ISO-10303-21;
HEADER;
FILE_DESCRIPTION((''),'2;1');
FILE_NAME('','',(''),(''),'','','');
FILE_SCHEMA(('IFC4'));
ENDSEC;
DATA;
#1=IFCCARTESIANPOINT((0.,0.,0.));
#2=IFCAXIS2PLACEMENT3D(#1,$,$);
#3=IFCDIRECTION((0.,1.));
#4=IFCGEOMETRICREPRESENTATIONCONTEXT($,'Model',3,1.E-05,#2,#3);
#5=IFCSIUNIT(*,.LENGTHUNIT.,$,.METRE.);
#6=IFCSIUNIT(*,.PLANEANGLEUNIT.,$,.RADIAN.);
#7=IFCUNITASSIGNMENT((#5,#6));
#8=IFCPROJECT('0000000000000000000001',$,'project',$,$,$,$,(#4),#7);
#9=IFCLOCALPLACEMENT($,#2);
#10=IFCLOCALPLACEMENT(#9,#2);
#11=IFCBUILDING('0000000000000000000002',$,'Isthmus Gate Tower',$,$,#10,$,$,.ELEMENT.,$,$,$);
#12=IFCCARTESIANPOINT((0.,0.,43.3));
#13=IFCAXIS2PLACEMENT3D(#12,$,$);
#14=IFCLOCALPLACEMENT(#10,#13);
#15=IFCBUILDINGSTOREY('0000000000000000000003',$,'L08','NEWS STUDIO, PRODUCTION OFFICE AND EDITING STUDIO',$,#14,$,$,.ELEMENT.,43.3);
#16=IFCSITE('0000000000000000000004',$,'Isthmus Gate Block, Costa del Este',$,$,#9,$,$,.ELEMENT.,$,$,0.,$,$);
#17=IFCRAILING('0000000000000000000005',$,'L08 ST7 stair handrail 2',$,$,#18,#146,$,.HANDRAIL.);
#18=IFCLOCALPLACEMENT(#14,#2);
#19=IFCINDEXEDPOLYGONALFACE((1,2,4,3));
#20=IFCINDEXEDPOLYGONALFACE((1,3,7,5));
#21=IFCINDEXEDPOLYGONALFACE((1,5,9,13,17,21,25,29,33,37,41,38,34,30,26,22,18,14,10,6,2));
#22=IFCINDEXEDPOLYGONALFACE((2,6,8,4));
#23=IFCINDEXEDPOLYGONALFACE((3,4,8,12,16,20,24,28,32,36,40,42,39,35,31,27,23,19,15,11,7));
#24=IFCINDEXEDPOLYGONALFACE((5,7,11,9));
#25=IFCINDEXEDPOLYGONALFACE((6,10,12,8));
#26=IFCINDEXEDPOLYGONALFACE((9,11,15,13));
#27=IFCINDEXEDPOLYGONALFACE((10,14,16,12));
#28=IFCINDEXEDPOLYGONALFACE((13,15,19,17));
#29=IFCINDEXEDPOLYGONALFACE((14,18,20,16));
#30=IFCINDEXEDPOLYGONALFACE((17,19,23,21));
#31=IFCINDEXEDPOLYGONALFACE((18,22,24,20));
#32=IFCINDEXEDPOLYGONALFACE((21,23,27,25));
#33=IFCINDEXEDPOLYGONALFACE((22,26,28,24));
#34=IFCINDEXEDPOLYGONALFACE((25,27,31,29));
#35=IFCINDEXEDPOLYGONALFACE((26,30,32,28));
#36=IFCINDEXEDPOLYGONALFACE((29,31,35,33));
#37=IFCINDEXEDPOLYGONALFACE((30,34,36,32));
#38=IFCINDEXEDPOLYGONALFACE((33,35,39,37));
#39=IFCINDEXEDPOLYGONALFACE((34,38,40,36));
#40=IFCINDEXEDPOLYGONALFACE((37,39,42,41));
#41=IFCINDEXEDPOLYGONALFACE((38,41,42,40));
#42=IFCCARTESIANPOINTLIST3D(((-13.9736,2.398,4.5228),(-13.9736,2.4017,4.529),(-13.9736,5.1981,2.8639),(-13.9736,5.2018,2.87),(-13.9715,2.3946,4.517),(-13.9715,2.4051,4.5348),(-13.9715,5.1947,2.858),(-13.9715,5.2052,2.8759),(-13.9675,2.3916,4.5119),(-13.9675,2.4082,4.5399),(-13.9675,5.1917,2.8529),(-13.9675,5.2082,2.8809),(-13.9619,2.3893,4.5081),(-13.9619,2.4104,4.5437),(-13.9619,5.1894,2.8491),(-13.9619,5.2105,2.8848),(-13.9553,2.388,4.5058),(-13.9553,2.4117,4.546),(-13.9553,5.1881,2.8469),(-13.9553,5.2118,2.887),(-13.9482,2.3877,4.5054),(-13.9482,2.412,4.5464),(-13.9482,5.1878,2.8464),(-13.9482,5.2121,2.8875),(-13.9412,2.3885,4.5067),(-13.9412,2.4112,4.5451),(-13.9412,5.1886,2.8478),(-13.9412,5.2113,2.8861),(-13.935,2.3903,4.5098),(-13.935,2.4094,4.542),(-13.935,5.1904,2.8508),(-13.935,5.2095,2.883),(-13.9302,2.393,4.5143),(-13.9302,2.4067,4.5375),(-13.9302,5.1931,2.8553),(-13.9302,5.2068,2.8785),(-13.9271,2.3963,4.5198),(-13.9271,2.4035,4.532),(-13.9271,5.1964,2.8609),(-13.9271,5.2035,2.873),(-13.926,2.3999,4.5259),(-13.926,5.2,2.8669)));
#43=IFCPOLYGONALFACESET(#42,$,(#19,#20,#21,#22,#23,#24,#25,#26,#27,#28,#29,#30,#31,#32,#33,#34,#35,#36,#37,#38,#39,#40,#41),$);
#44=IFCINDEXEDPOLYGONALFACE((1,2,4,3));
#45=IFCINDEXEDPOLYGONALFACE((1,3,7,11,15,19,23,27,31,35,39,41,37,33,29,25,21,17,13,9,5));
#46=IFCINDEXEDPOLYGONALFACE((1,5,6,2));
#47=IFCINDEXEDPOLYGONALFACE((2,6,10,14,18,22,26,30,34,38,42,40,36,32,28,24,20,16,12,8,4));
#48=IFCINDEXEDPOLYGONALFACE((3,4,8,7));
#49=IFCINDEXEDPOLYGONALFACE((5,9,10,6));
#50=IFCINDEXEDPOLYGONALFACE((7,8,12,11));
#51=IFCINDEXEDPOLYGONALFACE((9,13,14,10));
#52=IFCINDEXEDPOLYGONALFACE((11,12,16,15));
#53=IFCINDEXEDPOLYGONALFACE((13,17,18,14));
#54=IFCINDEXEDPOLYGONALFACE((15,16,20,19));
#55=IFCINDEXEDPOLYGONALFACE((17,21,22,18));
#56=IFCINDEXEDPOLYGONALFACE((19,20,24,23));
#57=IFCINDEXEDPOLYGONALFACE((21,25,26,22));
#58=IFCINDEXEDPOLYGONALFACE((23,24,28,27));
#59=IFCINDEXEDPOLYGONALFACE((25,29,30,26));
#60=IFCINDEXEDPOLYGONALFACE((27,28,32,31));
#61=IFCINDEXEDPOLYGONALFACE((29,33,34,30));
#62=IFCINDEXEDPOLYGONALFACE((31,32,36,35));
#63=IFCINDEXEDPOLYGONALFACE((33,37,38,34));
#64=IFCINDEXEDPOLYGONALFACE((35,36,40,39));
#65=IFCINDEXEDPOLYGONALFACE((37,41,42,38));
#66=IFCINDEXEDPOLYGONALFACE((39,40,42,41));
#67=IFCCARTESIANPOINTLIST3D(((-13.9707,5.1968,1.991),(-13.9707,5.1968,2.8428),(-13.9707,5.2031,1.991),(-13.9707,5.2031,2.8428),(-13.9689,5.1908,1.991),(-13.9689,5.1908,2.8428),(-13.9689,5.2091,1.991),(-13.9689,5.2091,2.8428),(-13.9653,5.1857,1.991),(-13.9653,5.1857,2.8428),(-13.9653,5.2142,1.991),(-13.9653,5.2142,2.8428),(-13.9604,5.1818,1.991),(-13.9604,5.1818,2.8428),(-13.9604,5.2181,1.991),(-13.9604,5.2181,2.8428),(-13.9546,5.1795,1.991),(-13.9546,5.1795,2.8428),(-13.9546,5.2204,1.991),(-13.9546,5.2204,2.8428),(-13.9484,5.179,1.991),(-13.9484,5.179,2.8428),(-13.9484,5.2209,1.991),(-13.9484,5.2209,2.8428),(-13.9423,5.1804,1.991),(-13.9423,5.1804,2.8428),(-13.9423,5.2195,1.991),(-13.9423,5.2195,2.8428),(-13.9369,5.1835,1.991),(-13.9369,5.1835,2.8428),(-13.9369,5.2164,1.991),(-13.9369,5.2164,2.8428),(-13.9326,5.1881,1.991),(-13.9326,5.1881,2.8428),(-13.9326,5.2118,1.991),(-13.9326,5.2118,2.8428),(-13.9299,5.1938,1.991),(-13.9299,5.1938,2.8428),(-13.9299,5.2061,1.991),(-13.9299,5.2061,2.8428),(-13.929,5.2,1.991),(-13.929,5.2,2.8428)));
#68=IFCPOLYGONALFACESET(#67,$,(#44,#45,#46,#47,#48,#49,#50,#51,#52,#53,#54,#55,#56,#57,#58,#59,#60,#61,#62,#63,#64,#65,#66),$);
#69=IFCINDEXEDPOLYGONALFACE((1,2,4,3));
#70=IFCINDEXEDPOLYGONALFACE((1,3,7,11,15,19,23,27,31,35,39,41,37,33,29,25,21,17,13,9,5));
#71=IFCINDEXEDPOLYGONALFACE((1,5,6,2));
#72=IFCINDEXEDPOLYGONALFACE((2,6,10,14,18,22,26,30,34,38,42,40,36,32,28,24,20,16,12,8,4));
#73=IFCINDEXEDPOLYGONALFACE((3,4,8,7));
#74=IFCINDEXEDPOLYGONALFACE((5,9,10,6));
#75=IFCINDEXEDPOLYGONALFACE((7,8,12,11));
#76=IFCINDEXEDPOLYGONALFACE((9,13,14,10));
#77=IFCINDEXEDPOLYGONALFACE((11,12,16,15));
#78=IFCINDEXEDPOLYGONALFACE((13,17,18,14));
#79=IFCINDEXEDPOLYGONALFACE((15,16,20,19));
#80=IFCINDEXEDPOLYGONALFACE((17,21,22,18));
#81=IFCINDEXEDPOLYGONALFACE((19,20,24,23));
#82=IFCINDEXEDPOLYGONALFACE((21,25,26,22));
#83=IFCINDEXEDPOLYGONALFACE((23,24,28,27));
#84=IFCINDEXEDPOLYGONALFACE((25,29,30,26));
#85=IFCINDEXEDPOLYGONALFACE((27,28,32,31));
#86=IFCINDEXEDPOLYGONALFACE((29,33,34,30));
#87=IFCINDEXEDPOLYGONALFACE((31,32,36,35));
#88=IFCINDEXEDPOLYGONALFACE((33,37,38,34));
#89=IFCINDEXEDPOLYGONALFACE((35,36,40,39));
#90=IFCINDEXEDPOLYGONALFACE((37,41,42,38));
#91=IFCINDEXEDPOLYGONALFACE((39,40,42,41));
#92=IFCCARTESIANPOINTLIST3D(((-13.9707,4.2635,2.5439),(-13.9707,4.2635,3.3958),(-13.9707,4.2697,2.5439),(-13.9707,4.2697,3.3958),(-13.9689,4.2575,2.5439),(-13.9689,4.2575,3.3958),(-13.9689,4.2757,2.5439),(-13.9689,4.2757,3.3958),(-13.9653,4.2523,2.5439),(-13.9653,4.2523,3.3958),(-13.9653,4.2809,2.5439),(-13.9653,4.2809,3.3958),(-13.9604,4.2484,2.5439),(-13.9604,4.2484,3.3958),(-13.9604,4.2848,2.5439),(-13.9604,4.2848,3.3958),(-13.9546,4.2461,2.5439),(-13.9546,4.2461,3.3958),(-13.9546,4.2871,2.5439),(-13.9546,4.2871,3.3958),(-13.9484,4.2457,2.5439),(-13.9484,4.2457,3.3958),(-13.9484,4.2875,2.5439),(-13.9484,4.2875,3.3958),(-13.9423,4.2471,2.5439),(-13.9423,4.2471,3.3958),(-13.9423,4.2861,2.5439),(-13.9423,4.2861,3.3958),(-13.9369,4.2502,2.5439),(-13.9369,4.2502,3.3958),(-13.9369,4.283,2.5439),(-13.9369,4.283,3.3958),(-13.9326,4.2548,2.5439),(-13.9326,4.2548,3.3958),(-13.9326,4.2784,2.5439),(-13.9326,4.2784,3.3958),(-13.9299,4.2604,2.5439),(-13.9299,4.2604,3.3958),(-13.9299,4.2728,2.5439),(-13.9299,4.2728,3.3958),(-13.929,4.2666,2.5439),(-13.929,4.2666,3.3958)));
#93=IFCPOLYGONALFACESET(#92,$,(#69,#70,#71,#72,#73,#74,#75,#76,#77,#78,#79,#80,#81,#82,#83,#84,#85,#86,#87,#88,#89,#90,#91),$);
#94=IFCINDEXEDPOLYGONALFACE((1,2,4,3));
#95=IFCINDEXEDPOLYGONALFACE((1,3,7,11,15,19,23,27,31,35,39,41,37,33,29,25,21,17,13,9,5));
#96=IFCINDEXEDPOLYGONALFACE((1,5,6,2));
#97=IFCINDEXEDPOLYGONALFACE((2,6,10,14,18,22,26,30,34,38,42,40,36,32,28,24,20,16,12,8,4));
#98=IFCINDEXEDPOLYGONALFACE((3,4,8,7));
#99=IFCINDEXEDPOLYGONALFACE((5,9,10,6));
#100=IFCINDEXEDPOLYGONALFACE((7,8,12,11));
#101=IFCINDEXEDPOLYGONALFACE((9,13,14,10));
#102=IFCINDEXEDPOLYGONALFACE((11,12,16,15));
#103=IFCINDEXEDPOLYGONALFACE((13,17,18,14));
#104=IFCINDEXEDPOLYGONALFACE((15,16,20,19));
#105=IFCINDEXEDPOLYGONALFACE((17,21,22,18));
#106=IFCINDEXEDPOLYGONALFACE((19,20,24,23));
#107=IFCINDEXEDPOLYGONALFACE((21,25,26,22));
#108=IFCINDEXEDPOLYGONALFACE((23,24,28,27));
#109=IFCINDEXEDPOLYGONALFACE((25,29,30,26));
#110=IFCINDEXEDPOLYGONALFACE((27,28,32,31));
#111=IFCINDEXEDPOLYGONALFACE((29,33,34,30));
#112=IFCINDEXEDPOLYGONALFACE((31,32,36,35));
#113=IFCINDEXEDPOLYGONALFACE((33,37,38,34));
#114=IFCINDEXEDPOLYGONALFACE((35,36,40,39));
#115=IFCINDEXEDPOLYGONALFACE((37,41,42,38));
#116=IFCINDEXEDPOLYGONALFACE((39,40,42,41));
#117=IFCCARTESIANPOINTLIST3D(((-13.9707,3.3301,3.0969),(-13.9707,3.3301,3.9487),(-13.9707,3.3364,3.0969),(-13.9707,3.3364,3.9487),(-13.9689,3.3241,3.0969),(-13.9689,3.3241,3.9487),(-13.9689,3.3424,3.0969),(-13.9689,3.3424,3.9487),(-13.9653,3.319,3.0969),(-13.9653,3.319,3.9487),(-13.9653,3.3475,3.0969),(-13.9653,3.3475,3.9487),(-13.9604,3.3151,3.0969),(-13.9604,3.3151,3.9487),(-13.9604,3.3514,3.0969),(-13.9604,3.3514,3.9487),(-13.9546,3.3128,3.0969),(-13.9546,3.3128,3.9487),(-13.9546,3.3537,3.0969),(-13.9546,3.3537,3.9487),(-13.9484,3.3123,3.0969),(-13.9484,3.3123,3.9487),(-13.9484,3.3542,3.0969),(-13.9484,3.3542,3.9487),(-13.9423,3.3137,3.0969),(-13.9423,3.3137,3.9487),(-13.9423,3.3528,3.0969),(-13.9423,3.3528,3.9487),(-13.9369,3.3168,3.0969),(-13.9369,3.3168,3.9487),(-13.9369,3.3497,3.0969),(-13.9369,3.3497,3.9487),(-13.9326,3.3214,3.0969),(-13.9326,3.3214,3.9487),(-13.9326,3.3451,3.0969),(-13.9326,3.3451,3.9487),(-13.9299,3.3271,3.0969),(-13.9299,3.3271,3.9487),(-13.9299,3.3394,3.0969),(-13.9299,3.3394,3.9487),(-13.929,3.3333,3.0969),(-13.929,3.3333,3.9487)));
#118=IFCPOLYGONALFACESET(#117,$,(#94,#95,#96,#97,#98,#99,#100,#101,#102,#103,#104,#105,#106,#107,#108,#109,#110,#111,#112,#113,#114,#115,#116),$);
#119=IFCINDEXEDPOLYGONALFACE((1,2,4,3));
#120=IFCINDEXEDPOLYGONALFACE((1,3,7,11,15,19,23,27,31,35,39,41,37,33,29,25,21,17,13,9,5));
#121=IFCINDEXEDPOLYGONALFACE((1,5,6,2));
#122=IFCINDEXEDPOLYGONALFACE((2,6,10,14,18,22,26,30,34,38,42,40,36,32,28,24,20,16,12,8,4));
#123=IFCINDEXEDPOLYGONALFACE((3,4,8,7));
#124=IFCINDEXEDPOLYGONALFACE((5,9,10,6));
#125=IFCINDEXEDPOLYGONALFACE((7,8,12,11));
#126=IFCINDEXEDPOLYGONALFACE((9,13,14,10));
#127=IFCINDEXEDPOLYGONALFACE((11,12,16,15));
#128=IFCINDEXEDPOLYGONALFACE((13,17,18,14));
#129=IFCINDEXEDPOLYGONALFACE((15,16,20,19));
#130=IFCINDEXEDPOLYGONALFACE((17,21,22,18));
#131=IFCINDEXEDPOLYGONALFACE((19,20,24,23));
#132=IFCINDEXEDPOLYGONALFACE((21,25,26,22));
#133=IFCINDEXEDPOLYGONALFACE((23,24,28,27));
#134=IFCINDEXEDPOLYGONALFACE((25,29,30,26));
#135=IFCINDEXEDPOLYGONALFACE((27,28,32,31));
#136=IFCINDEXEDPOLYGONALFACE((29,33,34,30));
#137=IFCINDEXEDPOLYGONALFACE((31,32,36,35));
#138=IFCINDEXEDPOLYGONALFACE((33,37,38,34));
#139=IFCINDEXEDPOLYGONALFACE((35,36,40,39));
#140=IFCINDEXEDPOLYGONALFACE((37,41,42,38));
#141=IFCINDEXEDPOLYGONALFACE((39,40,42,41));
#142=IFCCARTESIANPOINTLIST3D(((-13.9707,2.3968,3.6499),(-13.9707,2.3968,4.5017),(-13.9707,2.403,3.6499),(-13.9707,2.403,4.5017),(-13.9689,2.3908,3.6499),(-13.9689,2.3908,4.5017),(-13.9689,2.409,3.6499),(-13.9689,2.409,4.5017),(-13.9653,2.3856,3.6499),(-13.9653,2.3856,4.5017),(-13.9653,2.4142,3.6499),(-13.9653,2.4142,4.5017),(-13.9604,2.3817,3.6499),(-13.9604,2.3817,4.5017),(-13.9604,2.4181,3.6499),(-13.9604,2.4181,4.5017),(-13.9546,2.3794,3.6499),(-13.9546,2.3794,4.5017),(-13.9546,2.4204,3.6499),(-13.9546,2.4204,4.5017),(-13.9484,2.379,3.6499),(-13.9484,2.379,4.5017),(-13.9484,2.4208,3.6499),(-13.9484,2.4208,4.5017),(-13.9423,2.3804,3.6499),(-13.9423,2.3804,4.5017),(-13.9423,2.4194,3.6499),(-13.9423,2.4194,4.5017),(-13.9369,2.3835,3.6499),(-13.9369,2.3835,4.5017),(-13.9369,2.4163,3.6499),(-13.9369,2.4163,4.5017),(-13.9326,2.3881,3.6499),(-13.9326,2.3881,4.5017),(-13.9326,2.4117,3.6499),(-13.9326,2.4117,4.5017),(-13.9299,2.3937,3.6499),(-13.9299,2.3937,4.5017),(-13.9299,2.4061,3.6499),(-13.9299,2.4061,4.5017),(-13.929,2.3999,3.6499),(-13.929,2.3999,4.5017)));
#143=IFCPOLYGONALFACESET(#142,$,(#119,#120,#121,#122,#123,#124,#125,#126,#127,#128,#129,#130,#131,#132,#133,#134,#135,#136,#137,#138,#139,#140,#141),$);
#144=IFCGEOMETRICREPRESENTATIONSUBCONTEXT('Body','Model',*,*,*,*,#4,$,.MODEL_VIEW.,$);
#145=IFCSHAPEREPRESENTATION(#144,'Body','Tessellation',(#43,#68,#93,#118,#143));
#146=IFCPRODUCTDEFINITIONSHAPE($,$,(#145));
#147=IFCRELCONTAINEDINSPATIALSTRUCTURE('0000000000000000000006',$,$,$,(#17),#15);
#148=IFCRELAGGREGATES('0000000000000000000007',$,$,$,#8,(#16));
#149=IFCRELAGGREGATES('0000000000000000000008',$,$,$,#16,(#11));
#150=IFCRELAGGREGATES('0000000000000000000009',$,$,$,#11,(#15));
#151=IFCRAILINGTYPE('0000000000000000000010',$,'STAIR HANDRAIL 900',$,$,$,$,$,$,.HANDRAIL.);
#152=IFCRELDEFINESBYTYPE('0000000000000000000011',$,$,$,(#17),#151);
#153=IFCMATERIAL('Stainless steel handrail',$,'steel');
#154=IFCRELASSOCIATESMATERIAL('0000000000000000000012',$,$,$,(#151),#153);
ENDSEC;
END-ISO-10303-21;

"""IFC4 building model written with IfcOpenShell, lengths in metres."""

from ifc_helpers import new_model, si_unit, direction, frame, origin, origin_2d, place, context, subcontext, project, spatial, circle, extrude, material, type_object, element, save


model = new_model("IFC4")

# Units and contexts
model_context = context("Model", 3, precision=1e-05, world=origin(), true_north=direction((0.0, 1.0)))
body_context = subcontext(model_context, "Body", "Model", "MODEL_VIEW")
ifc_project = project(units=[si_unit("LENGTHUNIT", "METRE"), si_unit("PLANEANGLEUNIT", "RADIAN")], contexts=[model_context])

# Site, building, storey
site_placement = place(None, origin())
site = spatial("IfcSite", under=ifc_project, at=site_placement, Name="Isthmus Gate Block, Costa del Este", CompositionType="ELEMENT", RefElevation=0.0)
building_placement = place(site_placement, origin())
building = spatial("IfcBuilding", under=site, at=building_placement, Name="Isthmus Gate Tower", CompositionType="ELEMENT")
storey_placement = place(building_placement, frame((0.0, 0.0, 43.3)))
storey = spatial("IfcBuildingStorey", under=building, at=storey_placement, Name="L08", Description="NEWS STUDIO, PRODUCTION OFFICE AND EDITING STUDIO", CompositionType="ELEMENT", Elevation=43.3)

# Railing
ifc_material_1 = material(Name="Stainless steel handrail", Category="steel")
railing_type_1 = type_object("IfcRailingType", Name="STAIR HANDRAIL 900", PredefinedType="HANDRAIL", material=ifc_material_1)
railing_1_placement = place(storey_placement, frame((-13.95, 5.2, 1.991)))
element("IfcRailing", 1, at=railing_1_placement, inside=storey, type_object=railing_type_1, Name="L08 ST7 stair handrail 2", PredefinedType="HANDRAIL", context=body_context, shape_type="SweptSolid", body=[
    extrude(circle(Radius=0.0239, at=origin_2d()), frame((0.0, 0.0, 0.876), z_axis=(0.0, -0.860339, 0.509722), x_axis=(1.0, 0.0, 0.0)), (0.0, 0.0, 1.0), 3.2546),
    extrude(circle(Radius=0.021, at=origin_2d()), origin(), (0.0, 0.0, 1.0), 0.8518),
    extrude(circle(Radius=0.021, at=origin_2d()), frame((0.0, -0.9333, 0.553)), (0.0, 0.0, 1.0), 0.8518),
    extrude(circle(Radius=0.021, at=origin_2d()), frame((0.0, -1.8667, 1.106)), (0.0, 0.0, 1.0), 0.8518),
    extrude(circle(Radius=0.021, at=origin_2d()), frame((0.0, -2.8, 1.6589)), (0.0, 0.0, 1.0), 0.8518),
])

save(model, "model.ifc")
